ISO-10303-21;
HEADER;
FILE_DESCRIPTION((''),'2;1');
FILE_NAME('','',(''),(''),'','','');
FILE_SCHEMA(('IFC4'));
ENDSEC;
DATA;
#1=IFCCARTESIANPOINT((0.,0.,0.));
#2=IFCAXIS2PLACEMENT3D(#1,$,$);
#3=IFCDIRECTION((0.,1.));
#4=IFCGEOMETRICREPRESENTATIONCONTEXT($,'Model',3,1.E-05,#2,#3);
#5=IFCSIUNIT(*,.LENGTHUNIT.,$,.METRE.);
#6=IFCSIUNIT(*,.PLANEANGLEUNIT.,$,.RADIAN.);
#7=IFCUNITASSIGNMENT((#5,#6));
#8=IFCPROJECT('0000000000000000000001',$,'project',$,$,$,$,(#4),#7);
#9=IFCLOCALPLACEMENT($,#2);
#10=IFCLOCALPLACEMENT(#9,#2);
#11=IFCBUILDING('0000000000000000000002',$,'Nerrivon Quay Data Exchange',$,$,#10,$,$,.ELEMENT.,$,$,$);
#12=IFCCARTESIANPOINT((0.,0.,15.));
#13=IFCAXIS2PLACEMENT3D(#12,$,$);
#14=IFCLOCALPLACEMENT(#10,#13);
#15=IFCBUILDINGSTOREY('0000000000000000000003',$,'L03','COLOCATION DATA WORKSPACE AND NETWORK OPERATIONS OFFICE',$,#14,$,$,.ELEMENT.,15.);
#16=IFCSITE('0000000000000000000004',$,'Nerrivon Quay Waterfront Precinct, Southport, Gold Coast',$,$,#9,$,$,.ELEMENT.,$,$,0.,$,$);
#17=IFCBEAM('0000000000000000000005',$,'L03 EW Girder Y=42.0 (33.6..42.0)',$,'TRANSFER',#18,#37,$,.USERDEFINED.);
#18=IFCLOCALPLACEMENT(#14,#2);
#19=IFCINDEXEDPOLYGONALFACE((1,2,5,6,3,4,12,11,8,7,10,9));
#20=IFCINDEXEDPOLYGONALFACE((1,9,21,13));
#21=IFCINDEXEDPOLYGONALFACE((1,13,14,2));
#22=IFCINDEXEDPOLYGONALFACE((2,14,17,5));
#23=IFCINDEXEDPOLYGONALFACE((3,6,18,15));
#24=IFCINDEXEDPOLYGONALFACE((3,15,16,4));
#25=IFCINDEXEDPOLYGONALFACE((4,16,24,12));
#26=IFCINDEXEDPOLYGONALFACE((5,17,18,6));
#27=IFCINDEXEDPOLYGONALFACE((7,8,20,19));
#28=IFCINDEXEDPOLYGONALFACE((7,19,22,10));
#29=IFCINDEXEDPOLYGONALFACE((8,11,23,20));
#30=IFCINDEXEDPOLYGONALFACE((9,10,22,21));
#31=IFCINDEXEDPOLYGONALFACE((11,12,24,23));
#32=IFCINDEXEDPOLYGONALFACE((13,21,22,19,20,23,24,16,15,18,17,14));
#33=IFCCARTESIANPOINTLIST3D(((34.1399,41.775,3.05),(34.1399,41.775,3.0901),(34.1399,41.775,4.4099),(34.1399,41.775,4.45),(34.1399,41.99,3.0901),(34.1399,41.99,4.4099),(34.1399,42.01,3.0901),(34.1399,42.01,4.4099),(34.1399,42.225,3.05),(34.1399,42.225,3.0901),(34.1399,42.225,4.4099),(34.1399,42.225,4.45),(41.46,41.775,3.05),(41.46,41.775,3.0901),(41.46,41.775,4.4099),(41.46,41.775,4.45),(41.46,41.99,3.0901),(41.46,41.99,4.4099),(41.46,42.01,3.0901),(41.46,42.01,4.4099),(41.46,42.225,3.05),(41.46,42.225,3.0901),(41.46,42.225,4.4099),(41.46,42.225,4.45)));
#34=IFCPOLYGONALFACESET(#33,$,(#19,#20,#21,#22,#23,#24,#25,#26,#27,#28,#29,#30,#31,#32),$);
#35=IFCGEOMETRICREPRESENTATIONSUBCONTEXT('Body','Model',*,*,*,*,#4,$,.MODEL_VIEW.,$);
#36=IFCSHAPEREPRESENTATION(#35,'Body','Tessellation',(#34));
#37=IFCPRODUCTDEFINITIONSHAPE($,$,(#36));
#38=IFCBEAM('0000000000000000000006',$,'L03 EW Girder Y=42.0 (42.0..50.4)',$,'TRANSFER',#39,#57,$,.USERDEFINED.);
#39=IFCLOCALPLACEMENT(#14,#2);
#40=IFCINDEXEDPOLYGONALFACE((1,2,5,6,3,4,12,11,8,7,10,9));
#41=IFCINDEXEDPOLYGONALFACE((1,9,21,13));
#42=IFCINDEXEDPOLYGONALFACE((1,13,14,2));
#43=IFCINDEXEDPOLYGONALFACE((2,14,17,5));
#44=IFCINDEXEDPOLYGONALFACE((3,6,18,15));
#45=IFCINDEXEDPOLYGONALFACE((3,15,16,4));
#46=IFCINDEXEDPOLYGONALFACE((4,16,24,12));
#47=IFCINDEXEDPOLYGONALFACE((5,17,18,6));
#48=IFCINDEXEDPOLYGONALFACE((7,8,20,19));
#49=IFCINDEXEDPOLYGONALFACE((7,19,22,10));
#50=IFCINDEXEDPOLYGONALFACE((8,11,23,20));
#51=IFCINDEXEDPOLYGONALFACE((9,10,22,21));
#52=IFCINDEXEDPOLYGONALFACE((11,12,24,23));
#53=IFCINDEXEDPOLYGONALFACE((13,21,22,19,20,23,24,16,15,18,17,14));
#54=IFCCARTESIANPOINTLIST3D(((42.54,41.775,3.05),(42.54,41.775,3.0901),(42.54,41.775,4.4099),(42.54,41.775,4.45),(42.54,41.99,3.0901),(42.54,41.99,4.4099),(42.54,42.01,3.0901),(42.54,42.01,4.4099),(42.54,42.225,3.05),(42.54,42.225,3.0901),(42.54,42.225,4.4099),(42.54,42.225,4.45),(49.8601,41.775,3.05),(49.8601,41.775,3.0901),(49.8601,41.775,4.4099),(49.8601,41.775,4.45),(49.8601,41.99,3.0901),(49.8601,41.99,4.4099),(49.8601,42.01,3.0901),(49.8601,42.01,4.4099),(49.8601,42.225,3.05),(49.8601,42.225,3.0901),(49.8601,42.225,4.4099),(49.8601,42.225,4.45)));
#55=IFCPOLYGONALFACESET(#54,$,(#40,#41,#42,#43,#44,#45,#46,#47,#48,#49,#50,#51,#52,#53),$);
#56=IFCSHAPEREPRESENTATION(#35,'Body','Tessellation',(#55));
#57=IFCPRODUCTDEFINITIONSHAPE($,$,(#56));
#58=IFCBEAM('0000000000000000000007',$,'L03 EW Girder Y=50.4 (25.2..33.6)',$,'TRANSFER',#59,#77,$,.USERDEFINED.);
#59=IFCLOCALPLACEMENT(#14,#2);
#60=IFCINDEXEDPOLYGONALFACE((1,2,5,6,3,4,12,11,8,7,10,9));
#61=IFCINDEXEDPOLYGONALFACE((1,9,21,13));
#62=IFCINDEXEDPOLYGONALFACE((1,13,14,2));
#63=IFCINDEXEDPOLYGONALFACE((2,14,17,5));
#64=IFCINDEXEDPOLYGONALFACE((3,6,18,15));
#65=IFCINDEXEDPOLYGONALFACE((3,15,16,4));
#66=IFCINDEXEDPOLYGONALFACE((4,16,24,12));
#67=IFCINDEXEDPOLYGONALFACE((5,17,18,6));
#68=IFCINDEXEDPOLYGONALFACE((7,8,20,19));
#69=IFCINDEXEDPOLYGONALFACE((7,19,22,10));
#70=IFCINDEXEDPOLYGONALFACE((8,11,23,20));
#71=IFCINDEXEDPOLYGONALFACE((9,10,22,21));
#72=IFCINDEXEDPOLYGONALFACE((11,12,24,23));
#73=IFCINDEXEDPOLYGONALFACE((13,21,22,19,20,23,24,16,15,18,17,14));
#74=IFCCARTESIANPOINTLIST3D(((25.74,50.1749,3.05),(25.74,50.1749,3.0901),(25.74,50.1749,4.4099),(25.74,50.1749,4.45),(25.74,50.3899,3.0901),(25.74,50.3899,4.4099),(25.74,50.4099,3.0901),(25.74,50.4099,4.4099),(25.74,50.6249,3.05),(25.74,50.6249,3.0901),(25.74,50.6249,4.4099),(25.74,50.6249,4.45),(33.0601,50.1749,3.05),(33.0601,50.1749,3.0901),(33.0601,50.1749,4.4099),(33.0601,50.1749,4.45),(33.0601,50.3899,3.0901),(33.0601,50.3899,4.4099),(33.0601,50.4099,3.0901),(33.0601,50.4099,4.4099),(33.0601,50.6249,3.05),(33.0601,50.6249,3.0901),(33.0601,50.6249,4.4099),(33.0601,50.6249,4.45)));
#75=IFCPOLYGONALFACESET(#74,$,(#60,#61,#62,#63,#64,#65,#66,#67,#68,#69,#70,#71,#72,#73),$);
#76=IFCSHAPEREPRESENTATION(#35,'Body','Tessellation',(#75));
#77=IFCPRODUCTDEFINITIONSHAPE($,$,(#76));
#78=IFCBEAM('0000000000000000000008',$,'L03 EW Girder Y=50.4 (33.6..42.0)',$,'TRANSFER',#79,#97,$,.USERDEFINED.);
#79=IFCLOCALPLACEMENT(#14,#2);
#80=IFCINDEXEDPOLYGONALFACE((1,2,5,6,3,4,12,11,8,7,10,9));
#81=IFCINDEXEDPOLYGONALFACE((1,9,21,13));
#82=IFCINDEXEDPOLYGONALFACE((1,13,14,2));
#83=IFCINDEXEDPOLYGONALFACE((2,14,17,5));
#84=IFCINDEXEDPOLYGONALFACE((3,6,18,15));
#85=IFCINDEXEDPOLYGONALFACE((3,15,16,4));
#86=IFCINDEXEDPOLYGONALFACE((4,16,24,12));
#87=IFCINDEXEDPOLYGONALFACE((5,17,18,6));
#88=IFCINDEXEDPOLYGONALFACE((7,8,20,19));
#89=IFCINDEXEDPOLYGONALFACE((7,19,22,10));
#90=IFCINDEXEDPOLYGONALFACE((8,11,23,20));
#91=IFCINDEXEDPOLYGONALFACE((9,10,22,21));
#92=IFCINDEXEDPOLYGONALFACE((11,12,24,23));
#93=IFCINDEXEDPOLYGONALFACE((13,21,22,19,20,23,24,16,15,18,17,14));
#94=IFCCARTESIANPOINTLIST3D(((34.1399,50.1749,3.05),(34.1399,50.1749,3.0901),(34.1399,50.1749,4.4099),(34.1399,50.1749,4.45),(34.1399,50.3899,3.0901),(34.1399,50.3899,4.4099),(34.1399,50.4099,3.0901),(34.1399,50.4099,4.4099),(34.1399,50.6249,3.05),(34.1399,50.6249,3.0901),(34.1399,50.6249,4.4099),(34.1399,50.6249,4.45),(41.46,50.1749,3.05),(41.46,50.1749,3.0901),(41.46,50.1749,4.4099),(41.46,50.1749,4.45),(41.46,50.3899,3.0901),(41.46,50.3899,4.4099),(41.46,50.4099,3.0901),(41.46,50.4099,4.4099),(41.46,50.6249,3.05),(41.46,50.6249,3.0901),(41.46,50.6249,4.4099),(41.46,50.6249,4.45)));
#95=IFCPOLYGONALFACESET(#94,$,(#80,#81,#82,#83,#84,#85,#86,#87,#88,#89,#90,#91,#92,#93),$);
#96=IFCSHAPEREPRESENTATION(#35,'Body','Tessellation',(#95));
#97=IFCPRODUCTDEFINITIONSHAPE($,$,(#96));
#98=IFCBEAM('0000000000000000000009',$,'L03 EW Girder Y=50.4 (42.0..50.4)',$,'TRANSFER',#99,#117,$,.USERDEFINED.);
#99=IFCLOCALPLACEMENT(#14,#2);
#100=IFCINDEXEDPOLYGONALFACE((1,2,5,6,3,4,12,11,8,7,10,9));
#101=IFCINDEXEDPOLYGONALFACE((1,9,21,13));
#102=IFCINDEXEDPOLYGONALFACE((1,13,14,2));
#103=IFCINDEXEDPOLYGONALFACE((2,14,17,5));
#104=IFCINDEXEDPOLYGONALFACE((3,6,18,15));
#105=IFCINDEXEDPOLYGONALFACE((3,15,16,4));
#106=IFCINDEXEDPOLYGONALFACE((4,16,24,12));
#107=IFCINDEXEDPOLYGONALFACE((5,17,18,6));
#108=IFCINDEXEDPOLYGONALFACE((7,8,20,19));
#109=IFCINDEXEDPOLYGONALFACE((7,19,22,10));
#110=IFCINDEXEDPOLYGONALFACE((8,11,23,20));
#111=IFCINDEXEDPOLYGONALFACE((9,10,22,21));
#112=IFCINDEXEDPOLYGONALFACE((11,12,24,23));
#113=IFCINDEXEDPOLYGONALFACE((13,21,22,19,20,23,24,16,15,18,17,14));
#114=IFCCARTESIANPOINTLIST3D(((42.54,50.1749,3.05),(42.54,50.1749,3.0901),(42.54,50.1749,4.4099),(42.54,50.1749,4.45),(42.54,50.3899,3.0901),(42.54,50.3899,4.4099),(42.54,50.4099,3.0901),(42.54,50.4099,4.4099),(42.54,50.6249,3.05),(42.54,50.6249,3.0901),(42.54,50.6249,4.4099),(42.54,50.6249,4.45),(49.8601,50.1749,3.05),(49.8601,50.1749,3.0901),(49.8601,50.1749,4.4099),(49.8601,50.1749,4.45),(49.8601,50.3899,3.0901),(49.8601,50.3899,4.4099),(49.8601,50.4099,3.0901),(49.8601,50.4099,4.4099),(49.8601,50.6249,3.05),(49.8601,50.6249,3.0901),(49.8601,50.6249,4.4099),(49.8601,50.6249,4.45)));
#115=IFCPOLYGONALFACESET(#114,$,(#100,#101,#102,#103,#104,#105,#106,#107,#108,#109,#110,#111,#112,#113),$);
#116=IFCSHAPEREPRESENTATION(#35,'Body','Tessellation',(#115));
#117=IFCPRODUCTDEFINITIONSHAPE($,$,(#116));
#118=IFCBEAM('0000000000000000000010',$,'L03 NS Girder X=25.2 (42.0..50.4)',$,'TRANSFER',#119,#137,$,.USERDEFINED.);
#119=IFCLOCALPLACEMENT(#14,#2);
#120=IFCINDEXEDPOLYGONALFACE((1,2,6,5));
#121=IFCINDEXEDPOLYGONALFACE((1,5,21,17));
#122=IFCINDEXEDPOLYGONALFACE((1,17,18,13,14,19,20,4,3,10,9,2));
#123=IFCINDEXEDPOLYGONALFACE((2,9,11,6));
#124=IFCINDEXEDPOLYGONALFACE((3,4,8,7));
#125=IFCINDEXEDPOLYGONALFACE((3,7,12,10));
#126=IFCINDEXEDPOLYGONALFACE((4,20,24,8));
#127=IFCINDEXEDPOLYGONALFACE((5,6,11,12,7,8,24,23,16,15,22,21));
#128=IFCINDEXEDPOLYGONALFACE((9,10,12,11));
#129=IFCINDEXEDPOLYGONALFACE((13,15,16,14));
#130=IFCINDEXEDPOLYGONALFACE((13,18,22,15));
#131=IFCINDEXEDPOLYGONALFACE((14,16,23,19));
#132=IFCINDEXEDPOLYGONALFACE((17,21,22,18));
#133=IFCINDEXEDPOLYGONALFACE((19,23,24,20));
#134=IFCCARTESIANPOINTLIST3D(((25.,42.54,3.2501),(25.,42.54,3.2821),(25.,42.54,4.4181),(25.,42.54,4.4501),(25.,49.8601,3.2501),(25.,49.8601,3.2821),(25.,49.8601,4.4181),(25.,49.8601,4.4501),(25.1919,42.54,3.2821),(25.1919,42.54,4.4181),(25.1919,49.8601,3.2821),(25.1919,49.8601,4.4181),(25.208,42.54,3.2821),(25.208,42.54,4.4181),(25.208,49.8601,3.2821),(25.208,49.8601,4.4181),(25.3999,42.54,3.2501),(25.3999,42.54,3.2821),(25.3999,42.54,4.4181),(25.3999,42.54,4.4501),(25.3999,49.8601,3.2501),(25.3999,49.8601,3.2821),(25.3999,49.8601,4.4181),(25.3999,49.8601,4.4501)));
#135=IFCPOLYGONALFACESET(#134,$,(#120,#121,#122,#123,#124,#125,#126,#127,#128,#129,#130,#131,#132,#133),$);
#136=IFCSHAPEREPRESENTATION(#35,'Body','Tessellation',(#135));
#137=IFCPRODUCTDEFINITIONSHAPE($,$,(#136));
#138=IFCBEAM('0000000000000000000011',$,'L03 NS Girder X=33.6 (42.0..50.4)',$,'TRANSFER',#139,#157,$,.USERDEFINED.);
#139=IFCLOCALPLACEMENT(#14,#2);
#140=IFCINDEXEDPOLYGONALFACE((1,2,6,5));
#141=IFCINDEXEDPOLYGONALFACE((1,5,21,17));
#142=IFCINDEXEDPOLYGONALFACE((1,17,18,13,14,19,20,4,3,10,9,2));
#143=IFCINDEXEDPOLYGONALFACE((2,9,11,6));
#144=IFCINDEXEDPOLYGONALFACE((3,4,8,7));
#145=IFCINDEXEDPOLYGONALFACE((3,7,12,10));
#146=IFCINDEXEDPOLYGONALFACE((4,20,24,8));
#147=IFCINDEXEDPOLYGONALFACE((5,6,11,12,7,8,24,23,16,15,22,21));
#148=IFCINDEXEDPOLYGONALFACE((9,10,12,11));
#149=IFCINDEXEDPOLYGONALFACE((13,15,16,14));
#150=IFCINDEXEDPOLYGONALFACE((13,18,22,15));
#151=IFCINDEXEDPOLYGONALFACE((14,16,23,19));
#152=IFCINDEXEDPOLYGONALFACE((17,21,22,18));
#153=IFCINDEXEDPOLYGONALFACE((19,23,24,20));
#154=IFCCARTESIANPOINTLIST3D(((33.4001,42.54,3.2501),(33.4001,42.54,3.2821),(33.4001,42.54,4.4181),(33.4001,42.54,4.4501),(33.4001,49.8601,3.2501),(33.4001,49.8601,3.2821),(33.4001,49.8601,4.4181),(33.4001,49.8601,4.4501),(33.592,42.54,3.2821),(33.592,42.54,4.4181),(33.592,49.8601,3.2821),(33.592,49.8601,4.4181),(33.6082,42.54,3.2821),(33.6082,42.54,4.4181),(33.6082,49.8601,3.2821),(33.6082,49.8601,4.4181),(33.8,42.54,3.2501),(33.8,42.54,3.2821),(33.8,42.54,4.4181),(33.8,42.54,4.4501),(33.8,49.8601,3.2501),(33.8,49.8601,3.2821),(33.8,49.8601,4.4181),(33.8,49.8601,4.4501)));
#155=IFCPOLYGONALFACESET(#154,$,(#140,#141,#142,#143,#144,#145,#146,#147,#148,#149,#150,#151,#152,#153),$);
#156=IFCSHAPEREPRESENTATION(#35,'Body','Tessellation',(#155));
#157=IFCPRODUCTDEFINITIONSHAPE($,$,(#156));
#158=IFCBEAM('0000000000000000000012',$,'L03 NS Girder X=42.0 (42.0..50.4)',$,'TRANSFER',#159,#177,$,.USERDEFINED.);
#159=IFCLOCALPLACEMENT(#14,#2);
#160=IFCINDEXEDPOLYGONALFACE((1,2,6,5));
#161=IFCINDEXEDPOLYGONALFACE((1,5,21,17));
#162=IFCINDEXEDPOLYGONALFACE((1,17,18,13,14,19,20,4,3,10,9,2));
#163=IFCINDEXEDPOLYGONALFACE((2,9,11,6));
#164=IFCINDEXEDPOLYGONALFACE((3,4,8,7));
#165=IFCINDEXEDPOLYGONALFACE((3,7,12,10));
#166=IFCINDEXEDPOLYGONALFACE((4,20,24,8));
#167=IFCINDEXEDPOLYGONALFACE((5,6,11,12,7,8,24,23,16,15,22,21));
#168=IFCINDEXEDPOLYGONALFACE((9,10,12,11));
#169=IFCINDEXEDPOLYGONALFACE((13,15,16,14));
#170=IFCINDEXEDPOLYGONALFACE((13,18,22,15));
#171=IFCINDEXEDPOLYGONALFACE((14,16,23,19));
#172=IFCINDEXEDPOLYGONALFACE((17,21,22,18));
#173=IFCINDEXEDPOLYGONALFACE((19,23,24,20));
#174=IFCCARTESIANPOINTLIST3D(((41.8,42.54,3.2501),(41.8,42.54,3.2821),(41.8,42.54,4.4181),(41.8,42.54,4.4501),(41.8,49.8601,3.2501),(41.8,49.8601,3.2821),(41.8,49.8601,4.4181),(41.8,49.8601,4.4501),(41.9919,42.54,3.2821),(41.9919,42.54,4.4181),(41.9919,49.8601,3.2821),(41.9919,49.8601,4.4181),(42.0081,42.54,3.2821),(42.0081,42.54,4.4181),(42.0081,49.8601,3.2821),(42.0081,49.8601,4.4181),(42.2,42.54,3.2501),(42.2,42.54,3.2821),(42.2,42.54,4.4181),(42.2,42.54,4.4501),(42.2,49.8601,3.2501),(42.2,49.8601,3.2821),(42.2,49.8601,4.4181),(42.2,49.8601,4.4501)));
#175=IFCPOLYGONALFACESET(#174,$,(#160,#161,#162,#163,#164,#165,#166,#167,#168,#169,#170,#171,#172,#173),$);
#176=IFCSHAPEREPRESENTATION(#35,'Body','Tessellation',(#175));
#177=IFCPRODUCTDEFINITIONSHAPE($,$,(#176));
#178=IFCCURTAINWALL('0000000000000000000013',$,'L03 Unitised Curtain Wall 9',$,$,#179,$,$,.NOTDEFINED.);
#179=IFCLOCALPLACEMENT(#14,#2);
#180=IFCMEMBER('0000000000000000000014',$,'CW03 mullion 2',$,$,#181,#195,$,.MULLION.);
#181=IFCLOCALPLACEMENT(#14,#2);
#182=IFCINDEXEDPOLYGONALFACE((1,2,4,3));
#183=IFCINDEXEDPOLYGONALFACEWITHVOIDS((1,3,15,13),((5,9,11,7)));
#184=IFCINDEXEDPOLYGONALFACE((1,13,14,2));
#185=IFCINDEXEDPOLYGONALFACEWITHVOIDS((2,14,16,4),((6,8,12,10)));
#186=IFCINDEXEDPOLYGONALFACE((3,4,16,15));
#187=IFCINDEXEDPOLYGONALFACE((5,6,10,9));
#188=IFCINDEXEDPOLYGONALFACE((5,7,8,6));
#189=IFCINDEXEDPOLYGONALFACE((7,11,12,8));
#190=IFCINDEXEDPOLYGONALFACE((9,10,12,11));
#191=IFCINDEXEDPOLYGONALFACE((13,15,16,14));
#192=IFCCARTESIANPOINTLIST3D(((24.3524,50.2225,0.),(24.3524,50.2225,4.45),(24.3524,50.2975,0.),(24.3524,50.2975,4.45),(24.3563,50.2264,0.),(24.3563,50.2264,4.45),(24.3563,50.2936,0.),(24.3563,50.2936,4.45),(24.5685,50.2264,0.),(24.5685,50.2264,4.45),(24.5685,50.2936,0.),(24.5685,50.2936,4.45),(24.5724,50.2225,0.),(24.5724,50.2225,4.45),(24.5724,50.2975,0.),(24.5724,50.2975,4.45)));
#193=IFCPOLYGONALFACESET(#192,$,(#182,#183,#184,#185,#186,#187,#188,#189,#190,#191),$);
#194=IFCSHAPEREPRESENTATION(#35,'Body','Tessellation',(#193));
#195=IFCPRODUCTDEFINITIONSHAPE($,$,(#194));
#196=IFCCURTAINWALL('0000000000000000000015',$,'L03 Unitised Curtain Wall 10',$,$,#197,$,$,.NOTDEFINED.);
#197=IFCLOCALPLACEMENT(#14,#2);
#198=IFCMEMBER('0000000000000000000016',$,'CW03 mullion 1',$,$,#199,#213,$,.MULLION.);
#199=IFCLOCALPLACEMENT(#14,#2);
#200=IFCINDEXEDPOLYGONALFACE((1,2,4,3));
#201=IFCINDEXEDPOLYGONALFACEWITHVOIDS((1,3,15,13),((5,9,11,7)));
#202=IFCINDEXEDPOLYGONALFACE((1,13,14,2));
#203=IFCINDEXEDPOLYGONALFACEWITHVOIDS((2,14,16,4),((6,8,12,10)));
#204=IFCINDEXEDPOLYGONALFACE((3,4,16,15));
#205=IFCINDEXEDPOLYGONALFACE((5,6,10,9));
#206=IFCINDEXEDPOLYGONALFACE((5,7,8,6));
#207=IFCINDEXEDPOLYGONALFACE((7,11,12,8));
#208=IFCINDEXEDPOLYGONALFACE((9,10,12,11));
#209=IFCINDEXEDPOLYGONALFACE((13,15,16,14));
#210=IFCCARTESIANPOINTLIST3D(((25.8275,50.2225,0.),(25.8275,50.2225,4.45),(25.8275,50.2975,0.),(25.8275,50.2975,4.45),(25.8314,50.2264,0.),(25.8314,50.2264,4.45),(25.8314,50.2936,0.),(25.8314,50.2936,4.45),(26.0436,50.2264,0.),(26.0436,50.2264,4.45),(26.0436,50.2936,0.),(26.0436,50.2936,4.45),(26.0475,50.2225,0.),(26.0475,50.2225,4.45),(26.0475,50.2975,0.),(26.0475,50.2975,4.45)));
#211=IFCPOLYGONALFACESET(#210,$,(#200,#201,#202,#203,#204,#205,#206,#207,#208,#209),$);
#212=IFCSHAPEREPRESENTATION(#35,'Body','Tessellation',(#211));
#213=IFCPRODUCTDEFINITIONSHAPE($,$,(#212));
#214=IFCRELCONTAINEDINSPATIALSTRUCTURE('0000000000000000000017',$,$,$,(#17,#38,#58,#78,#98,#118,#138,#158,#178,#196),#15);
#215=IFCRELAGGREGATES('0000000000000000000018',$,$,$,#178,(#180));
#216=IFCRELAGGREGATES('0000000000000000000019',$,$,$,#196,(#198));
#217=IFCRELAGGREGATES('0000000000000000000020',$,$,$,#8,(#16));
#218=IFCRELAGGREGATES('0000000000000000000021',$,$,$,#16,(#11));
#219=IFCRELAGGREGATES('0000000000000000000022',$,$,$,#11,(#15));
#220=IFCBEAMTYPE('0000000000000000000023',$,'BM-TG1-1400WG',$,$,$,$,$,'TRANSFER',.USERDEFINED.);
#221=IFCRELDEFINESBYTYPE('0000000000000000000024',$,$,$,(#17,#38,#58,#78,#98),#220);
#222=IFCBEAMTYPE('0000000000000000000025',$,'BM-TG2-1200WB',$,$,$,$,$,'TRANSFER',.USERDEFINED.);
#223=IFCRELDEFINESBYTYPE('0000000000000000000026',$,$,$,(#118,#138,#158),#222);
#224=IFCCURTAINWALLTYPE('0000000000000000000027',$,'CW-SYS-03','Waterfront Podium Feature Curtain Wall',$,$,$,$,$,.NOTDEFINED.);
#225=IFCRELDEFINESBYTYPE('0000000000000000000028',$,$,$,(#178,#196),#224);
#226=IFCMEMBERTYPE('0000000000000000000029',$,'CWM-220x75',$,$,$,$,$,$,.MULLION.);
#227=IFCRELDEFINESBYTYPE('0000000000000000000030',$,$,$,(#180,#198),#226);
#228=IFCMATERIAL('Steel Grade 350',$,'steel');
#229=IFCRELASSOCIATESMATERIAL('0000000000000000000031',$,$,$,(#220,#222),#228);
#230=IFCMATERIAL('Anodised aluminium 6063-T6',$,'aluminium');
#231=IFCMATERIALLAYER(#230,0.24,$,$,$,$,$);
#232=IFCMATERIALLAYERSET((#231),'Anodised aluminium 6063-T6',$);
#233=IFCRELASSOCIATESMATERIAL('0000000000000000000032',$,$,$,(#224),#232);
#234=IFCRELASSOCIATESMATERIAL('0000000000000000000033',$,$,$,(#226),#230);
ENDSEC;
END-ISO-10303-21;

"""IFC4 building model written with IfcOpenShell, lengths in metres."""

from ifc_helpers import new_model, si_unit, direction, frame, origin, origin_2d, place, context, subcontext, project, spatial, hollow_rectangle, i_section, extrude, material, layer, layer_set, material_profile, profile_set, type_object, element, aggregate, save


model = new_model("IFC4")

# Units and contexts
model_context = context("Model", 3, precision=1e-05, world=origin(), true_north=direction((0.0, 1.0)))
body_context = subcontext(model_context, "Body", "Model", "MODEL_VIEW")
ifc_project = project(units=[si_unit("LENGTHUNIT", "METRE"), si_unit("PLANEANGLEUNIT", "RADIAN")], contexts=[model_context])

# Site, building, storey
site_placement = place(None, origin())
site = spatial("IfcSite", under=ifc_project, at=site_placement, Name="Nerrivon Quay Waterfront Precinct, Southport, Gold Coast", CompositionType="ELEMENT", RefElevation=0.0)
building_placement = place(site_placement, origin())
building = spatial("IfcBuilding", under=site, at=building_placement, Name="Nerrivon Quay Data Exchange", CompositionType="ELEMENT")
storey_placement = place(building_placement, frame((0.0, 0.0, 15.0)))
storey = spatial("IfcBuildingStorey", under=building, at=storey_placement, Name="L03", Description="COLOCATION DATA WORKSPACE AND NETWORK OPERATIONS OFFICE", CompositionType="ELEMENT", Elevation=15.0)

# Beams
ifc_material_1 = material(Name="Steel Grade 350", Category="steel")
ifc_material_profile_1 = material_profile(ifc_material_1, i_section(OverallWidth=0.45, OverallDepth=1.3999, WebThickness=0.02, FlangeThickness=0.04, at=origin_2d()), Name="1400WG455")
ifc_profile_set_1 = profile_set([ifc_material_profile_1], Name="Steel Grade 350")
beam_type_1 = type_object("IfcBeamType", Name="BM-TG1-1400WG", ElementType="TRANSFER", PredefinedType="USERDEFINED", material=ifc_profile_set_1)
for number, where, z_axis, x_axis, name in (
    (1, (34.1399, 42.0, 3.75), (1.0, 0.0, 0.0), (0.0, 1.0, 0.0), "L03 EW Girder Y=42.0 (33.6..42.0)"),
    (2, (42.54, 42.0, 3.75), (1.0, 0.0, 0.0), (0.0, 1.0, 0.0), "L03 EW Girder Y=42.0 (42.0..50.4)"),
    (3, (25.74, 50.3999, 3.75), (1.0, 0.0, 0.0), (0.0, 1.0, 0.0), "L03 EW Girder Y=50.4 (25.2..33.6)"),
    (4, (34.1399, 50.3999, 3.75), (1.0, 0.0, 0.0), (0.0, 1.0, 0.0), "L03 EW Girder Y=50.4 (33.6..42.0)"),
    (5, (42.54, 50.3999, 3.75), (1.0, 0.0, 0.0), (0.0, 1.0, 0.0), "L03 EW Girder Y=50.4 (42.0..50.4)"),
):
    element("IfcBeam", number, at=place(storey_placement, frame(where, z_axis=z_axis, x_axis=x_axis)), inside=storey, type_object=beam_type_1, Name=name, ObjectType="TRANSFER", PredefinedType="USERDEFINED", context=body_context, shape_type="SweptSolid", body=[
        extrude(i_section(OverallWidth=0.45, OverallDepth=1.3999, WebThickness=0.02, FlangeThickness=0.04, at=origin_2d()), origin(), (0.0, 0.0, 1.0), 7.3201),
    ])
ifc_material_profile_2 = material_profile(ifc_material_1, i_section(OverallWidth=0.3999, OverallDepth=1.2, WebThickness=0.0161, FlangeThickness=0.032, at=origin_2d()), Name="1200WB342")
ifc_profile_set_2 = profile_set([ifc_material_profile_2], Name="Steel Grade 350")
beam_type_2 = type_object("IfcBeamType", Name="BM-TG2-1200WB", ElementType="TRANSFER", PredefinedType="USERDEFINED", material=ifc_profile_set_2)
for number, where, z_axis, x_axis, name in (
    (6, (25.2, 42.54, 3.8501), (0.0, 1.0, 0.0), (-1.0, 0.0, 0.0), "L03 NS Girder X=25.2 (42.0..50.4)"),
    (7, (33.6001, 42.54, 3.8501), (0.0, 1.0, 0.0), (-1.0, 0.0, 0.0), "L03 NS Girder X=33.6 (42.0..50.4)"),
    (8, (42.0, 42.54, 3.8501), (0.0, 1.0, 0.0), (-1.0, 0.0, 0.0), "L03 NS Girder X=42.0 (42.0..50.4)"),
):
    element("IfcBeam", number, at=place(storey_placement, frame(where, z_axis=z_axis, x_axis=x_axis)), inside=storey, type_object=beam_type_2, Name=name, ObjectType="TRANSFER", PredefinedType="USERDEFINED", context=body_context, shape_type="SweptSolid", body=[
        extrude(i_section(OverallWidth=0.3999, OverallDepth=1.2, WebThickness=0.0161, FlangeThickness=0.032, at=origin_2d()), origin(), (0.0, 0.0, 1.0), 7.3201),
    ])

# Curtain wall, member
ifc_material_2 = material(Name="Anodised aluminium 6063-T6", Category="aluminium")
ifc_layer_1 = layer(ifc_material_2, 0.24)
ifc_layer_set_1 = layer_set([ifc_layer_1], Name="Anodised aluminium 6063-T6")
curtain_wall_type = type_object("IfcCurtainWallType", Name="CW-SYS-03", Description="Waterfront Podium Feature Curtain Wall", PredefinedType="NOTDEFINED", material=ifc_layer_set_1)
curtain_wall_1_placement = place(storey_placement, origin())
curtain_wall_1 = element("IfcCurtainWall", 9, at=curtain_wall_1_placement, inside=storey, type_object=curtain_wall_type, Name="L03 Unitised Curtain Wall 9", PredefinedType="NOTDEFINED")
ifc_material_profile_3 = material_profile(ifc_material_2, hollow_rectangle(XDim=0.075, YDim=0.22, WallThickness=0.0039, at=origin_2d()), Name="ALU-MULL-220x75")
ifc_profile_set_3 = profile_set([ifc_material_profile_3], Name="Anodised aluminium 6063-T6")
member_type_1 = type_object("IfcMemberType", Name="CWM-220x75", PredefinedType="MULLION", material=ifc_profile_set_3)
member_1_placement = place(storey_placement, frame((24.4624, 50.26, 0.0), z_axis=(0.0, 0.0, 1.0), x_axis=(0.0, 1.0, 0.0)))
member_1 = element("IfcMember", 10, at=member_1_placement, type_object=member_type_1, Name="CW03 mullion 2", PredefinedType="MULLION", context=body_context, shape_type="SweptSolid", body=[
    extrude(hollow_rectangle(XDim=0.075, YDim=0.22, WallThickness=0.0039, at=origin_2d()), origin(), (0.0, 0.0, 1.0), 4.45),
])
aggregate(curtain_wall_1, [member_1])

# Curtain wall, member
curtain_wall_2_placement = place(storey_placement, origin())
curtain_wall_2 = element("IfcCurtainWall", 11, at=curtain_wall_2_placement, inside=storey, type_object=curtain_wall_type, Name="L03 Unitised Curtain Wall 10", PredefinedType="NOTDEFINED")
member_2_placement = place(storey_placement, frame((25.9375, 50.26, 0.0), z_axis=(0.0, 0.0, 1.0), x_axis=(0.0, 1.0, 0.0)))
member_2 = element("IfcMember", 12, at=member_2_placement, type_object=member_type_1, Name="CW03 mullion 1", PredefinedType="MULLION", context=body_context, shape_type="SweptSolid", body=[
    extrude(hollow_rectangle(XDim=0.075, YDim=0.22, WallThickness=0.0039, at=origin_2d()), origin(), (0.0, 0.0, 1.0), 4.45),
])

aggregate(curtain_wall_2, [member_2])

save(model, "model.ifc")
